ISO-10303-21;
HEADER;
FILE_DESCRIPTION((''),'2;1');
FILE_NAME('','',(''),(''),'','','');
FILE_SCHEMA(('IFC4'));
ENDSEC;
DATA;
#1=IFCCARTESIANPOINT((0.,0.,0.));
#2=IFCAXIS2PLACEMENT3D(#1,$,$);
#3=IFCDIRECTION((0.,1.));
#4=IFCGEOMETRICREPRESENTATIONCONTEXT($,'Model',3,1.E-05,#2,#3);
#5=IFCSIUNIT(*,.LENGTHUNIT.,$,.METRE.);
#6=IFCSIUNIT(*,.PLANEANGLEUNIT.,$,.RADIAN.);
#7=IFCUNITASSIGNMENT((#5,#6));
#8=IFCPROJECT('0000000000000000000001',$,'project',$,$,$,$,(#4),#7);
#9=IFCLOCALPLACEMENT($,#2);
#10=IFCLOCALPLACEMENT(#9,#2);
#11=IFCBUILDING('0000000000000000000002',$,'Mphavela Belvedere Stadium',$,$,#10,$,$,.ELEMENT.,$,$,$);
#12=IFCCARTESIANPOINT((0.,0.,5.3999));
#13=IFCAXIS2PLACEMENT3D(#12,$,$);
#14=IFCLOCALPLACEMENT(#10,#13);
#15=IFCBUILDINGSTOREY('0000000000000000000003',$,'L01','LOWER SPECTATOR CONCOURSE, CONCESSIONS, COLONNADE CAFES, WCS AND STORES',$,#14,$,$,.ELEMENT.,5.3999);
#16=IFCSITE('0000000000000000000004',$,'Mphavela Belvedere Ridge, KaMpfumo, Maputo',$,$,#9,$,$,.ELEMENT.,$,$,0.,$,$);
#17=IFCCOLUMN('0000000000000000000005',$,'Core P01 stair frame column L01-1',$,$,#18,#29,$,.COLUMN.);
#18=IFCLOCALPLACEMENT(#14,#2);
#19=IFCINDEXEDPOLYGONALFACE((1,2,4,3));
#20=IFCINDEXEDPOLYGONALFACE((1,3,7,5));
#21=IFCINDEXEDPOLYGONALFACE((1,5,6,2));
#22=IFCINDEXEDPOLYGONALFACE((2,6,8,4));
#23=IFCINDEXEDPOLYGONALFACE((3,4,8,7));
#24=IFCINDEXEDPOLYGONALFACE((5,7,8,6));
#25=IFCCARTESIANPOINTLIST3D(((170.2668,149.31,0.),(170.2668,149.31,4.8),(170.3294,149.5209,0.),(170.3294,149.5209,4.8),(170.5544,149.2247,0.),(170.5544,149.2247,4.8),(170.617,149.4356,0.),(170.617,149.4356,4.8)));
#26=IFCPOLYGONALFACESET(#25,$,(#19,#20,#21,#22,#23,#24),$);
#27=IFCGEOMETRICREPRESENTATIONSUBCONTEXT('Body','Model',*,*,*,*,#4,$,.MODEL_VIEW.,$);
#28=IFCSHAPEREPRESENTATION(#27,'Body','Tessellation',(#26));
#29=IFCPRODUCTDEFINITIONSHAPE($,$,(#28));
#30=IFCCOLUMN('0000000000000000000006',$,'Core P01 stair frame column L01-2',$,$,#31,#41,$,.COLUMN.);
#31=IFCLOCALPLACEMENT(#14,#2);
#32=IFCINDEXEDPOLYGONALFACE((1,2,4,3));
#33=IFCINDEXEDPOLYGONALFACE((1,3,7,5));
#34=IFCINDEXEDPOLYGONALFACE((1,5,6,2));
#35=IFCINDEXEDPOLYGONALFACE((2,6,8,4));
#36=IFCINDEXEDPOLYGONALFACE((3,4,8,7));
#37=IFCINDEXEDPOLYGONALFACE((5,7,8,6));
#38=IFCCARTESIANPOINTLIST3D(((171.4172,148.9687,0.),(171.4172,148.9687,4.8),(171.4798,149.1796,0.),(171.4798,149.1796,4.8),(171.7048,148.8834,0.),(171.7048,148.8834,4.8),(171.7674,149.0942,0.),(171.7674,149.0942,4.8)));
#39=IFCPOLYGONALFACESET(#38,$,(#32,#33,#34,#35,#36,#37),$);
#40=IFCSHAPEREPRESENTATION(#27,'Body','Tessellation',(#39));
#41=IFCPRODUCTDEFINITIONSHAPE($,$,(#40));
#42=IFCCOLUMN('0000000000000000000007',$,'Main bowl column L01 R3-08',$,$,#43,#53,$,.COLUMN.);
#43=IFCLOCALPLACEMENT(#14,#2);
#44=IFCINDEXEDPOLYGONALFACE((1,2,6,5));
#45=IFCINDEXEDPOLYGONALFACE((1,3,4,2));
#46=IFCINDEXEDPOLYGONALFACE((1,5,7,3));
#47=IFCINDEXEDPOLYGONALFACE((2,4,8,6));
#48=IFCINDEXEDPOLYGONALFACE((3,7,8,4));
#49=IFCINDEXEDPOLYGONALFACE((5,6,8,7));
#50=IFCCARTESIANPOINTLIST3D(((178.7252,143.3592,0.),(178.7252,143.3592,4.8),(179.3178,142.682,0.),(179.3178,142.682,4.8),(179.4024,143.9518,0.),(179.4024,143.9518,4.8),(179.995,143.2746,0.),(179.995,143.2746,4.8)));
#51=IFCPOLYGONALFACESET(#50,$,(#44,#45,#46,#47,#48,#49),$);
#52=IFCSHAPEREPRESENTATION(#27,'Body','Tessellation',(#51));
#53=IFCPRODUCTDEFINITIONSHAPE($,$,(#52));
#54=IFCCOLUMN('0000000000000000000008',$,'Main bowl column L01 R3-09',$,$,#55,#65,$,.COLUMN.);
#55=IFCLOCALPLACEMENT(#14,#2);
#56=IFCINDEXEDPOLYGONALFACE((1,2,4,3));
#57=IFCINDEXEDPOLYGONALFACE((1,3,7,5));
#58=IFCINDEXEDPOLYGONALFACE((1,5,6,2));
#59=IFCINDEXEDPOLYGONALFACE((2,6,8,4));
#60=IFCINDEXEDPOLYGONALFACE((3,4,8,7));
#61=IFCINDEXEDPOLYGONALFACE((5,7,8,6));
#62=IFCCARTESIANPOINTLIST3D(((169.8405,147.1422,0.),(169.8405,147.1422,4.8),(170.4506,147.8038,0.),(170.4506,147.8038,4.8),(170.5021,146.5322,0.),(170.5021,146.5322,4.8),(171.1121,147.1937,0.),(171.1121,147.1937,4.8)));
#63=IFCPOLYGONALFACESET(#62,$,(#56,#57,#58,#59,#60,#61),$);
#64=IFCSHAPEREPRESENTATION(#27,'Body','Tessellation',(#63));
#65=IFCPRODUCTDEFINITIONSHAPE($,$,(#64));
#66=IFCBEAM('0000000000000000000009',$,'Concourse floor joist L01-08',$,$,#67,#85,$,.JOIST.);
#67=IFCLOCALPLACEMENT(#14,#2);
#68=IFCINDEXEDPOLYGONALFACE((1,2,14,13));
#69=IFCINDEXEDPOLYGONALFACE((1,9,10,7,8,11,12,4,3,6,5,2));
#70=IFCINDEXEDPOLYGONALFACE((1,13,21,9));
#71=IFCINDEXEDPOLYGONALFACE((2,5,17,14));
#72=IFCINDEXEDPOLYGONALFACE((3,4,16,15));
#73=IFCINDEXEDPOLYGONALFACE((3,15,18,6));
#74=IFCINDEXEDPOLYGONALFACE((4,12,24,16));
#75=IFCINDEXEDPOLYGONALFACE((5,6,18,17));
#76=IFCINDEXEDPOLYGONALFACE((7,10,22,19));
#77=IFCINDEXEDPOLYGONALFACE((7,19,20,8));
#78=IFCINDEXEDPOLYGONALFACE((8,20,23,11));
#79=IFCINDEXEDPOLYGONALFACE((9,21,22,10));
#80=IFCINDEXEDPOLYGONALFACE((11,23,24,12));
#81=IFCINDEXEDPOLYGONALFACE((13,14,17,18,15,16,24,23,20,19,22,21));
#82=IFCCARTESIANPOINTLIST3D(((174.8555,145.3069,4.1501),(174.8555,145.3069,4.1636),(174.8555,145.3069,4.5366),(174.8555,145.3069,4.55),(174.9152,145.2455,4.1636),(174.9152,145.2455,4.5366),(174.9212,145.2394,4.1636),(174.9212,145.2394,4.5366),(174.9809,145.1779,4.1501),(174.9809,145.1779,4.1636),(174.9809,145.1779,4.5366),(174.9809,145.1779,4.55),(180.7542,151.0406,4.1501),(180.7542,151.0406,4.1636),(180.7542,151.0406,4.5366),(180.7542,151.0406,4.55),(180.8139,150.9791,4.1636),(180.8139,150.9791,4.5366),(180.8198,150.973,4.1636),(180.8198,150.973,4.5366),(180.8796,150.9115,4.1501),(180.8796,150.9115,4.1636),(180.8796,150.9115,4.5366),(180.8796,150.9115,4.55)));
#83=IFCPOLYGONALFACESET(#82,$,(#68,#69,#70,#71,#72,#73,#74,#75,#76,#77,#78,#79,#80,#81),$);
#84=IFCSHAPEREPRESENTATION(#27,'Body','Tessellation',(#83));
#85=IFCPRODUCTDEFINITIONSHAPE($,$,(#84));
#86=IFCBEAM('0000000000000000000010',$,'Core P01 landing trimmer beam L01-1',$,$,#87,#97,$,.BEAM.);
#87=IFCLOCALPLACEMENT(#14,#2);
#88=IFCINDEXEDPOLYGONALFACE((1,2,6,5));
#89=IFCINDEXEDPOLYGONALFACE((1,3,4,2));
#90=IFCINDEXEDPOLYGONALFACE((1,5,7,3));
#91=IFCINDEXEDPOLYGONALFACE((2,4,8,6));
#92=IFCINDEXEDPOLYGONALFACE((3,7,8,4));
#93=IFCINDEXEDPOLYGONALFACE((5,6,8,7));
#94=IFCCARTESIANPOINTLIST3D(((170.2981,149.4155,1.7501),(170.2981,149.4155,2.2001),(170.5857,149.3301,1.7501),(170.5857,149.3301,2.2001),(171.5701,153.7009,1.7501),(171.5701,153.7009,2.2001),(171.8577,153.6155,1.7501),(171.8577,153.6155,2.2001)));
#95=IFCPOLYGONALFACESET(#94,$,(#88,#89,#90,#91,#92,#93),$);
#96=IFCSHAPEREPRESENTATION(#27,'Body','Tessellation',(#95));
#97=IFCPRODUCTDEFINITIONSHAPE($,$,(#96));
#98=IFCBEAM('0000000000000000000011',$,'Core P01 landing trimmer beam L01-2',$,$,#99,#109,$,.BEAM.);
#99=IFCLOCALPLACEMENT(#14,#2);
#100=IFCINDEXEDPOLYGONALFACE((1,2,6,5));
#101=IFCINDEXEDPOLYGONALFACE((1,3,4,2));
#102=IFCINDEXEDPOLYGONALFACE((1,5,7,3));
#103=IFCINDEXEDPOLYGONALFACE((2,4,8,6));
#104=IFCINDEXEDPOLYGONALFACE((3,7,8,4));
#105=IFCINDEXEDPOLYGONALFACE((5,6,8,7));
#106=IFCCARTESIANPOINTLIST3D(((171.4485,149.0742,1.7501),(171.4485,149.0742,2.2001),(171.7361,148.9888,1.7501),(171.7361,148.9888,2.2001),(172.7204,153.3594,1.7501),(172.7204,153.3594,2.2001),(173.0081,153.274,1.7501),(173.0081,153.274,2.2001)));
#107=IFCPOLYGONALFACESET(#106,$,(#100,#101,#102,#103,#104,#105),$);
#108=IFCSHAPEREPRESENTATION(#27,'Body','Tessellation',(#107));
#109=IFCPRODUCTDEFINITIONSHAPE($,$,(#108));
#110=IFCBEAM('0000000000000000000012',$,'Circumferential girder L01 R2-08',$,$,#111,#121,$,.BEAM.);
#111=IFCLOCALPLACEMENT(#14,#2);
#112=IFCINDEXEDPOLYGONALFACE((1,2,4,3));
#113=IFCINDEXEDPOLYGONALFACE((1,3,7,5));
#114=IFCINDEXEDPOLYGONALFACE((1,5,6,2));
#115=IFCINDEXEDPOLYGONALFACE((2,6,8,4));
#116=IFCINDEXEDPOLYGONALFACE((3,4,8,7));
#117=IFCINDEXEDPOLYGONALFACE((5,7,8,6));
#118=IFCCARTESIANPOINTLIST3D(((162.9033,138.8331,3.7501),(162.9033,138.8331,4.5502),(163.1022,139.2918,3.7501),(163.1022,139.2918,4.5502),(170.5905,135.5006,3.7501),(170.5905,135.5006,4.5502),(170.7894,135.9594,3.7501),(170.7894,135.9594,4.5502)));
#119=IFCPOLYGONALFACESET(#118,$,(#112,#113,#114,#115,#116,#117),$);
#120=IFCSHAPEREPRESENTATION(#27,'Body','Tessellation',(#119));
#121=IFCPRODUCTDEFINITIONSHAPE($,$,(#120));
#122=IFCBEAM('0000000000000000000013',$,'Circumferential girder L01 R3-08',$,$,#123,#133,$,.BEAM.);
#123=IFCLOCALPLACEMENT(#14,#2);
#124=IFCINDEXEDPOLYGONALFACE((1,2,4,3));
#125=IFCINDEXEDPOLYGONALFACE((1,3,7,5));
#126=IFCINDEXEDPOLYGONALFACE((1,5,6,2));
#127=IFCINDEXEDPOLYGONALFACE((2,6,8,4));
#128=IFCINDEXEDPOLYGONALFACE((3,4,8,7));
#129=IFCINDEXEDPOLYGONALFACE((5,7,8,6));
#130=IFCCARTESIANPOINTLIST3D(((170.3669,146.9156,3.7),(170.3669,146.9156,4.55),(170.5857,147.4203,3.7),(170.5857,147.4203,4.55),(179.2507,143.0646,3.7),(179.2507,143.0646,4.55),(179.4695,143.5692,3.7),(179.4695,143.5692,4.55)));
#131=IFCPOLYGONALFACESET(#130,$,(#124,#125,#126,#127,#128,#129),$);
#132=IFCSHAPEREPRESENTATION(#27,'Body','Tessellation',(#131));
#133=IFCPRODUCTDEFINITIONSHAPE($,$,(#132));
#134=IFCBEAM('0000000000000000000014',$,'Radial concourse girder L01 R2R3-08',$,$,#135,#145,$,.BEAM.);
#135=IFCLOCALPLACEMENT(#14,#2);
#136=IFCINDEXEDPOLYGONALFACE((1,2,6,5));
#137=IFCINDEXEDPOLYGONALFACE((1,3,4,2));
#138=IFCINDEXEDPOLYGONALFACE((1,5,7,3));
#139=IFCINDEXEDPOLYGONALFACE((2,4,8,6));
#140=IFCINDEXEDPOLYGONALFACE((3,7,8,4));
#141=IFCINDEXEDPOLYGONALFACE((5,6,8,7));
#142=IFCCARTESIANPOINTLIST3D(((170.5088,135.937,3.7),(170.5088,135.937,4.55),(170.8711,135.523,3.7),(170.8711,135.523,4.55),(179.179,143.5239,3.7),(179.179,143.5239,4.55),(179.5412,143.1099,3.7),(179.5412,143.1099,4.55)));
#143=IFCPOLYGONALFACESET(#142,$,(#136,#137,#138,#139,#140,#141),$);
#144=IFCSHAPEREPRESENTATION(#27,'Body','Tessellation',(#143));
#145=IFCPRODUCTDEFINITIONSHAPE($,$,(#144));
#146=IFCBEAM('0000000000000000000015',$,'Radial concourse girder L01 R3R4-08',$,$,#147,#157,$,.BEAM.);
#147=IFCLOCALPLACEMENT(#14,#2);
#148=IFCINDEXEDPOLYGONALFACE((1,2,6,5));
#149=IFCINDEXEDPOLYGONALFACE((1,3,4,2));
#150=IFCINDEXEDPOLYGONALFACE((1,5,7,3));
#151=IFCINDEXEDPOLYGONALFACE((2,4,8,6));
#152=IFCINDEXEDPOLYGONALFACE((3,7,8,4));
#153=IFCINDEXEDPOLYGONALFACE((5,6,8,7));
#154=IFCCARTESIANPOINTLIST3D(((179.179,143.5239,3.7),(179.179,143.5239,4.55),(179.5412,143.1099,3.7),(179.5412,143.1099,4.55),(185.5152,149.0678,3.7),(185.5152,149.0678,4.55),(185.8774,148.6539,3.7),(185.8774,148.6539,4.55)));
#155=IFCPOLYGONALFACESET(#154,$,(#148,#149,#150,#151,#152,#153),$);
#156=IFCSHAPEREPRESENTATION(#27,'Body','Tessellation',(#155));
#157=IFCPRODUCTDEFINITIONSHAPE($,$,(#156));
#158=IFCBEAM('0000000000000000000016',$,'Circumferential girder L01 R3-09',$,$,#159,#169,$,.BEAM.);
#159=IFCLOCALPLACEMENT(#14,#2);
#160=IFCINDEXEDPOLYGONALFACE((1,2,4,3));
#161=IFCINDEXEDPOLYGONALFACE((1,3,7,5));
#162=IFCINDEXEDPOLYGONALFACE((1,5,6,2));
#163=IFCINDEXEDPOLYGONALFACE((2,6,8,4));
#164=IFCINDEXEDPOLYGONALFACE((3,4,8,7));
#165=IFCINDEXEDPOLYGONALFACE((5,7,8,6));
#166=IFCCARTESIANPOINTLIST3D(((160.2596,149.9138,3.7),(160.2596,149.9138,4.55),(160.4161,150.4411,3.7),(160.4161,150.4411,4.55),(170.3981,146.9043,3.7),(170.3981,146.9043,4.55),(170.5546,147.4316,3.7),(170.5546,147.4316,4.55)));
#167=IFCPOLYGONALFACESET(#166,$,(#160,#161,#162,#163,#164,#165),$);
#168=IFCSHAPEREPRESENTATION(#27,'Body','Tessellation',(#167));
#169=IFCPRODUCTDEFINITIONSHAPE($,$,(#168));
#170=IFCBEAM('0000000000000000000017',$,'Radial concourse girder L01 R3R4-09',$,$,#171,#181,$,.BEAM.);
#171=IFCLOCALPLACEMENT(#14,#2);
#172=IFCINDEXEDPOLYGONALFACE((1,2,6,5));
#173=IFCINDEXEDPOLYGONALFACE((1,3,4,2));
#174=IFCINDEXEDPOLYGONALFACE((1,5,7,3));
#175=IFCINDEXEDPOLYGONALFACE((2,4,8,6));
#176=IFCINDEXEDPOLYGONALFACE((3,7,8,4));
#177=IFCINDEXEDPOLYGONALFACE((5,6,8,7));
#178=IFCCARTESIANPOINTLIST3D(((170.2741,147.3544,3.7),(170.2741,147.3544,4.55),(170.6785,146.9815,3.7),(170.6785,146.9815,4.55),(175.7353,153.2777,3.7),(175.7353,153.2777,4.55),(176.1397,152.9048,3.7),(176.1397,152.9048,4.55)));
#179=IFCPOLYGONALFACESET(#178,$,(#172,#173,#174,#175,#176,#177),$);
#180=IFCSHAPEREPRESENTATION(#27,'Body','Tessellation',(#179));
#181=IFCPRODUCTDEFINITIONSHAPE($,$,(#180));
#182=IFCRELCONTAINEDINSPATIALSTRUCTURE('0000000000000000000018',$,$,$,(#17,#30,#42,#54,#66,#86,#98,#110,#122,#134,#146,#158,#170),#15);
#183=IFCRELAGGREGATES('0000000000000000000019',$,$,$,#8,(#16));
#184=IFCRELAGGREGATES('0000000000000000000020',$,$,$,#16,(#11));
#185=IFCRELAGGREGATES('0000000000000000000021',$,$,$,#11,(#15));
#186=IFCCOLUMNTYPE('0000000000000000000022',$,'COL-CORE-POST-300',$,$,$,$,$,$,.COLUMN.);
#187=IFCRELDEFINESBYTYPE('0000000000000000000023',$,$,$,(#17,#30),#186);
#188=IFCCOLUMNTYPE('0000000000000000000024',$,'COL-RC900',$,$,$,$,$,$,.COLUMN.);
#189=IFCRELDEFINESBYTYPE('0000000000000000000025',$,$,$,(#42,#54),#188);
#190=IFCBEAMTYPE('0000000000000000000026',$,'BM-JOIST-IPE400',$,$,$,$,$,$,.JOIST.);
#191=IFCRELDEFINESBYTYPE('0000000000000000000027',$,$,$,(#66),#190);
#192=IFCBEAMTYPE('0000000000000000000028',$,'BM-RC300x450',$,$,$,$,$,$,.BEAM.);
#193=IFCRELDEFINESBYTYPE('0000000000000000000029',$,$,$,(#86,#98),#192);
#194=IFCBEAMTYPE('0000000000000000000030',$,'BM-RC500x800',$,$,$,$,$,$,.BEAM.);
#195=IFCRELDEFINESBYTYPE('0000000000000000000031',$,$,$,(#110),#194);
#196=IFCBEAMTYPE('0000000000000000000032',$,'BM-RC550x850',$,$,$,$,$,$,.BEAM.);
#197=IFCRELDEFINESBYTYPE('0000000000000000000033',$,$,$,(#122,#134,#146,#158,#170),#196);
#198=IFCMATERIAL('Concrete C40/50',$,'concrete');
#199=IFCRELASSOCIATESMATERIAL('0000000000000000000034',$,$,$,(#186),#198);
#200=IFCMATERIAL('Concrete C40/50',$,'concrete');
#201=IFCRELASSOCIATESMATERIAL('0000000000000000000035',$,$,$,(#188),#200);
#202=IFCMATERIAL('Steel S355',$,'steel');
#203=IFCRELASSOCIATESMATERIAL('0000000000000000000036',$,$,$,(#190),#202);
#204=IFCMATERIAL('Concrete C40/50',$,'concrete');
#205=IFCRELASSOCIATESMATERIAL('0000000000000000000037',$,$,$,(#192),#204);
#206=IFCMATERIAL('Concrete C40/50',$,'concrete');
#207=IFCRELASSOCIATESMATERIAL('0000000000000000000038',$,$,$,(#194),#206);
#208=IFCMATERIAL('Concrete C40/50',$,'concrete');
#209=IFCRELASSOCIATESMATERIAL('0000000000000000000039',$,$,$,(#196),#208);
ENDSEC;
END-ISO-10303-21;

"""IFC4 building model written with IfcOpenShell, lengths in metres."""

from ifc_helpers import new_model, si_unit, direction, frame, origin, origin_2d, place, context, subcontext, project, spatial, rectangle, i_section, extrude, material, material_profile, profile_set, type_object, element, save


model = new_model("IFC4")

# Units and contexts
model_context = context("Model", 3, precision=1e-05, world=origin(), true_north=direction((0.0, 1.0)))
body_context = subcontext(model_context, "Body", "Model", "MODEL_VIEW")
ifc_project = project(units=[si_unit("LENGTHUNIT", "METRE"), si_unit("PLANEANGLEUNIT", "RADIAN")], contexts=[model_context])

# Site, building, storey
site_placement = place(None, origin())
site = spatial("IfcSite", under=ifc_project, at=site_placement, Name="Mphavela Belvedere Ridge, KaMpfumo, Maputo", CompositionType="ELEMENT", RefElevation=0.0)
building_placement = place(site_placement, origin())
building = spatial("IfcBuilding", under=site, at=building_placement, Name="Mphavela Belvedere Stadium", CompositionType="ELEMENT")
storey_placement = place(building_placement, frame((0.0, 0.0, 5.3999)))
storey = spatial("IfcBuildingStorey", under=building, at=storey_placement, Name="L01", Description="LOWER SPECTATOR CONCOURSE, CONCESSIONS, COLONNADE CAFES, WCS AND STORES", CompositionType="ELEMENT", Elevation=5.3999)

# Columns
ifc_material_1 = material(Name="Concrete C40/50", Category="concrete")
ifc_material_profile_1 = material_profile(ifc_material_1, rectangle(XDim=0.3, YDim=0.22, at=origin_2d()), Name="RC 300x220")
ifc_profile_set_1 = profile_set([ifc_material_profile_1], Name="Concrete C40/50")
column_type_1 = type_object("IfcColumnType", Name="COL-CORE-POST-300", PredefinedType="COLUMN", material=ifc_profile_set_1)
for number, where, z_axis, x_axis, name in (
    (1, (170.4419, 149.3728, 0.0), (0.0, 0.0, 1.0), (0.958671, -0.284517, 0.0), "Core P01 stair frame column L01-1"),
    (2, (171.5923, 149.0315, 0.0), (0.0, 0.0, 1.0), (0.958671, -0.284517, 0.0), "Core P01 stair frame column L01-2"),
):
    element("IfcColumn", number, at=place(storey_placement, frame(where, z_axis=z_axis, x_axis=x_axis)), inside=storey, type_object=column_type_1, Name=name, PredefinedType="COLUMN", context=body_context, shape_type="SweptSolid", body=[
        extrude(rectangle(XDim=0.3, YDim=0.22, at=origin_2d()), origin(), (0.0, 0.0, 1.0), 4.8),
    ])
ifc_material_2 = material(Name="Concrete C40/50", Category="concrete")
ifc_material_profile_2 = material_profile(ifc_material_2, rectangle(XDim=0.8999, YDim=0.8999, at=origin_2d()), Name="RC 900x900")
ifc_profile_set_2 = profile_set([ifc_material_profile_2], Name="Concrete C40/50")
column_type_2 = type_object("IfcColumnType", Name="COL-RC900", PredefinedType="COLUMN", material=ifc_profile_set_2)
for number, where, z_axis, x_axis, name in (
    (3, (179.3601, 143.3169, 0.0), (0.0, 0.0, 1.0), (0.75253, 0.658558, 0.0), "Main bowl column L01 R3-08"),
    (4, (170.4763, 147.168, 0.0), (0.0, 0.0, 1.0), (0.677903, 0.735151, 0.0), "Main bowl column L01 R3-09"),
):
    element("IfcColumn", number, at=place(storey_placement, frame(where, z_axis=z_axis, x_axis=x_axis)), inside=storey, type_object=column_type_2, Name=name, PredefinedType="COLUMN", context=body_context, shape_type="SweptSolid", body=[
        extrude(rectangle(XDim=0.8999, YDim=0.8999, at=origin_2d()), origin(), (0.0, 0.0, 1.0), 4.8),
    ])

# Beams
ifc_material_3 = material(Name="Steel S355", Category="steel")
ifc_material_profile_3 = material_profile(ifc_material_3, i_section(OverallWidth=0.1799, OverallDepth=0.3999, WebThickness=0.0085, FlangeThickness=0.0134, at=origin_2d()), Name="IPE 400")
ifc_profile_set_3 = profile_set([ifc_material_profile_3], Name="Steel S355")
beam_type_1 = type_object("IfcBeamType", Name="BM-JOIST-IPE400", PredefinedType="JOIST", material=ifc_profile_set_3)
beam_1_placement = place(storey_placement, frame((174.9182, 145.2424, 4.3501), z_axis=(0.717067, 0.697004, 0.0), x_axis=(-0.697004, 0.717067, 0.0)))
element("IfcBeam", 5, at=beam_1_placement, inside=storey, type_object=beam_type_1, Name="Concourse floor joist L01-08", PredefinedType="JOIST", context=body_context, shape_type="SweptSolid", body=[
    extrude(i_section(OverallWidth=0.1799, OverallDepth=0.3999, WebThickness=0.0085, FlangeThickness=0.0134, at=origin_2d()), origin(), (0.0, 0.0, 1.0), 8.2261),
])
ifc_material_4 = material(Name="Concrete C40/50", Category="concrete")
ifc_material_profile_4 = material_profile(ifc_material_4, rectangle(XDim=0.3, YDim=0.45, at=origin_2d()), Name="RC 300x450")
ifc_profile_set_4 = profile_set([ifc_material_profile_4], Name="Concrete C40/50")
beam_type_2 = type_object("IfcBeamType", Name="BM-RC300x450", PredefinedType="BEAM", material=ifc_profile_set_4)
beam_2_placement = place(storey_placement, frame((170.4419, 149.3728, 1.9751), z_axis=(0.284546, 0.958662, 0.0), x_axis=(-0.958662, 0.284546, 0.0)))
element("IfcBeam", 6, at=beam_2_placement, inside=storey, type_object=beam_type_2, Name="Core P01 landing trimmer beam L01-1", PredefinedType="BEAM", context=body_context, shape_type="SweptSolid", body=[
    extrude(rectangle(XDim=0.3, YDim=0.45, at=origin_2d()), origin(), (0.0, 0.0, 1.0), 4.4702),
])
beam_3_placement = place(storey_placement, frame((171.5923, 149.0315, 1.9751), z_axis=(0.284561, 0.958658, 0.0), x_axis=(-0.958658, 0.284561, 0.0)))
element("IfcBeam", 7, at=beam_3_placement, inside=storey, type_object=beam_type_2, Name="Core P01 landing trimmer beam L01-2", PredefinedType="BEAM", context=body_context, shape_type="SweptSolid", body=[
    extrude(rectangle(XDim=0.3, YDim=0.45, at=origin_2d()), origin(), (0.0, 0.0, 1.0), 4.47),
])
ifc_material_5 = material(Name="Concrete C40/50", Category="concrete")
ifc_material_profile_5 = material_profile(ifc_material_5, rectangle(XDim=0.5, YDim=0.8, at=origin_2d()), Name="RC 500x800")
ifc_profile_set_5 = profile_set([ifc_material_profile_5], Name="Concrete C40/50")
beam_type_3 = type_object("IfcBeamType", Name="BM-RC500x800", PredefinedType="BEAM", material=ifc_profile_set_5)
beam_4_placement = place(storey_placement, frame((170.6899, 135.73, 4.1501), z_axis=(-0.917496, 0.397746, 0.0), x_axis=(-0.397746, -0.917496, 0.0)))
element("IfcBeam", 8, at=beam_4_placement, inside=storey, type_object=beam_type_3, Name="Circumferential girder L01 R2-08", PredefinedType="BEAM", context=body_context, shape_type="SweptSolid", body=[
    extrude(rectangle(XDim=0.5, YDim=0.8, at=origin_2d()), origin(), (0.0, 0.0, 1.0), 8.3784),
])
ifc_material_6 = material(Name="Concrete C40/50", Category="concrete")
ifc_material_profile_6 = material_profile(ifc_material_6, rectangle(XDim=0.55, YDim=0.8501, at=origin_2d()), Name="RC 550x850")
ifc_profile_set_6 = profile_set([ifc_material_profile_6], Name="Concrete C40/50")
beam_type_4 = type_object("IfcBeamType", Name="BM-RC550x850", PredefinedType="BEAM", material=ifc_profile_set_6)
beam_5_placement = place(storey_placement, frame((179.3601, 143.3169, 4.125), z_axis=(-0.917502, 0.397732, 0.0), x_axis=(-0.397732, -0.917502, 0.0)))
element("IfcBeam", 9, at=beam_5_placement, inside=storey, type_object=beam_type_4, Name="Circumferential girder L01 R3-08", PredefinedType="BEAM", context=body_context, shape_type="SweptSolid", body=[
    extrude(rectangle(XDim=0.55, YDim=0.8501, at=origin_2d()), origin(), (0.0, 0.0, 1.0), 9.6826),
])
beam_6_placement = place(storey_placement, frame((170.6899, 135.73, 4.125), z_axis=(0.752554, 0.65853, 0.0), x_axis=(-0.65853, 0.752554, 0.0)))
element("IfcBeam", 10, at=beam_6_placement, inside=storey, type_object=beam_type_4, Name="Radial concourse girder L01 R2R3-08", PredefinedType="BEAM", context=body_context, shape_type="SweptSolid", body=[
    extrude(rectangle(XDim=0.55, YDim=0.8501, at=origin_2d()), origin(), (0.0, 0.0, 1.0), 11.521),
])
beam_7_placement = place(storey_placement, frame((179.3601, 143.3169, 4.125), z_axis=(0.752589, 0.65849, 0.0), x_axis=(-0.65849, 0.752589, 0.0)))
element("IfcBeam", 11, at=beam_7_placement, inside=storey, type_object=beam_type_4, Name="Radial concourse girder L01 R3R4-08", PredefinedType="BEAM", context=body_context, shape_type="SweptSolid", body=[
    extrude(rectangle(XDim=0.55, YDim=0.8501, at=origin_2d()), origin(), (0.0, 0.0, 1.0), 8.4192),
])
beam_8_placement = place(storey_placement, frame((170.4763, 147.168, 4.125), z_axis=(-0.958655, 0.28457, 0.0), x_axis=(-0.28457, -0.958655, 0.0)))
element("IfcBeam", 12, at=beam_8_placement, inside=storey, type_object=beam_type_4, Name="Circumferential girder L01 R3-09", PredefinedType="BEAM", context=body_context, shape_type="SweptSolid", body=[
    extrude(rectangle(XDim=0.55, YDim=0.8501, at=origin_2d()), origin(), (0.0, 0.0, 1.0), 10.5757),
])
beam_9_placement = place(storey_placement, frame((170.4763, 147.168, 4.125), z_axis=(0.677843, 0.735206, 0.0), x_axis=(-0.735206, 0.677843, 0.0)))
element("IfcBeam", 13, at=beam_9_placement, inside=storey, type_object=beam_type_4, Name="Radial concourse girder L01 R3R4-09", PredefinedType="BEAM", context=body_context, shape_type="SweptSolid", body=[
    extrude(rectangle(XDim=0.55, YDim=0.8501, at=origin_2d()), origin(), (0.0, 0.0, 1.0), 8.0566),
])

save(model, "model.ifc")
